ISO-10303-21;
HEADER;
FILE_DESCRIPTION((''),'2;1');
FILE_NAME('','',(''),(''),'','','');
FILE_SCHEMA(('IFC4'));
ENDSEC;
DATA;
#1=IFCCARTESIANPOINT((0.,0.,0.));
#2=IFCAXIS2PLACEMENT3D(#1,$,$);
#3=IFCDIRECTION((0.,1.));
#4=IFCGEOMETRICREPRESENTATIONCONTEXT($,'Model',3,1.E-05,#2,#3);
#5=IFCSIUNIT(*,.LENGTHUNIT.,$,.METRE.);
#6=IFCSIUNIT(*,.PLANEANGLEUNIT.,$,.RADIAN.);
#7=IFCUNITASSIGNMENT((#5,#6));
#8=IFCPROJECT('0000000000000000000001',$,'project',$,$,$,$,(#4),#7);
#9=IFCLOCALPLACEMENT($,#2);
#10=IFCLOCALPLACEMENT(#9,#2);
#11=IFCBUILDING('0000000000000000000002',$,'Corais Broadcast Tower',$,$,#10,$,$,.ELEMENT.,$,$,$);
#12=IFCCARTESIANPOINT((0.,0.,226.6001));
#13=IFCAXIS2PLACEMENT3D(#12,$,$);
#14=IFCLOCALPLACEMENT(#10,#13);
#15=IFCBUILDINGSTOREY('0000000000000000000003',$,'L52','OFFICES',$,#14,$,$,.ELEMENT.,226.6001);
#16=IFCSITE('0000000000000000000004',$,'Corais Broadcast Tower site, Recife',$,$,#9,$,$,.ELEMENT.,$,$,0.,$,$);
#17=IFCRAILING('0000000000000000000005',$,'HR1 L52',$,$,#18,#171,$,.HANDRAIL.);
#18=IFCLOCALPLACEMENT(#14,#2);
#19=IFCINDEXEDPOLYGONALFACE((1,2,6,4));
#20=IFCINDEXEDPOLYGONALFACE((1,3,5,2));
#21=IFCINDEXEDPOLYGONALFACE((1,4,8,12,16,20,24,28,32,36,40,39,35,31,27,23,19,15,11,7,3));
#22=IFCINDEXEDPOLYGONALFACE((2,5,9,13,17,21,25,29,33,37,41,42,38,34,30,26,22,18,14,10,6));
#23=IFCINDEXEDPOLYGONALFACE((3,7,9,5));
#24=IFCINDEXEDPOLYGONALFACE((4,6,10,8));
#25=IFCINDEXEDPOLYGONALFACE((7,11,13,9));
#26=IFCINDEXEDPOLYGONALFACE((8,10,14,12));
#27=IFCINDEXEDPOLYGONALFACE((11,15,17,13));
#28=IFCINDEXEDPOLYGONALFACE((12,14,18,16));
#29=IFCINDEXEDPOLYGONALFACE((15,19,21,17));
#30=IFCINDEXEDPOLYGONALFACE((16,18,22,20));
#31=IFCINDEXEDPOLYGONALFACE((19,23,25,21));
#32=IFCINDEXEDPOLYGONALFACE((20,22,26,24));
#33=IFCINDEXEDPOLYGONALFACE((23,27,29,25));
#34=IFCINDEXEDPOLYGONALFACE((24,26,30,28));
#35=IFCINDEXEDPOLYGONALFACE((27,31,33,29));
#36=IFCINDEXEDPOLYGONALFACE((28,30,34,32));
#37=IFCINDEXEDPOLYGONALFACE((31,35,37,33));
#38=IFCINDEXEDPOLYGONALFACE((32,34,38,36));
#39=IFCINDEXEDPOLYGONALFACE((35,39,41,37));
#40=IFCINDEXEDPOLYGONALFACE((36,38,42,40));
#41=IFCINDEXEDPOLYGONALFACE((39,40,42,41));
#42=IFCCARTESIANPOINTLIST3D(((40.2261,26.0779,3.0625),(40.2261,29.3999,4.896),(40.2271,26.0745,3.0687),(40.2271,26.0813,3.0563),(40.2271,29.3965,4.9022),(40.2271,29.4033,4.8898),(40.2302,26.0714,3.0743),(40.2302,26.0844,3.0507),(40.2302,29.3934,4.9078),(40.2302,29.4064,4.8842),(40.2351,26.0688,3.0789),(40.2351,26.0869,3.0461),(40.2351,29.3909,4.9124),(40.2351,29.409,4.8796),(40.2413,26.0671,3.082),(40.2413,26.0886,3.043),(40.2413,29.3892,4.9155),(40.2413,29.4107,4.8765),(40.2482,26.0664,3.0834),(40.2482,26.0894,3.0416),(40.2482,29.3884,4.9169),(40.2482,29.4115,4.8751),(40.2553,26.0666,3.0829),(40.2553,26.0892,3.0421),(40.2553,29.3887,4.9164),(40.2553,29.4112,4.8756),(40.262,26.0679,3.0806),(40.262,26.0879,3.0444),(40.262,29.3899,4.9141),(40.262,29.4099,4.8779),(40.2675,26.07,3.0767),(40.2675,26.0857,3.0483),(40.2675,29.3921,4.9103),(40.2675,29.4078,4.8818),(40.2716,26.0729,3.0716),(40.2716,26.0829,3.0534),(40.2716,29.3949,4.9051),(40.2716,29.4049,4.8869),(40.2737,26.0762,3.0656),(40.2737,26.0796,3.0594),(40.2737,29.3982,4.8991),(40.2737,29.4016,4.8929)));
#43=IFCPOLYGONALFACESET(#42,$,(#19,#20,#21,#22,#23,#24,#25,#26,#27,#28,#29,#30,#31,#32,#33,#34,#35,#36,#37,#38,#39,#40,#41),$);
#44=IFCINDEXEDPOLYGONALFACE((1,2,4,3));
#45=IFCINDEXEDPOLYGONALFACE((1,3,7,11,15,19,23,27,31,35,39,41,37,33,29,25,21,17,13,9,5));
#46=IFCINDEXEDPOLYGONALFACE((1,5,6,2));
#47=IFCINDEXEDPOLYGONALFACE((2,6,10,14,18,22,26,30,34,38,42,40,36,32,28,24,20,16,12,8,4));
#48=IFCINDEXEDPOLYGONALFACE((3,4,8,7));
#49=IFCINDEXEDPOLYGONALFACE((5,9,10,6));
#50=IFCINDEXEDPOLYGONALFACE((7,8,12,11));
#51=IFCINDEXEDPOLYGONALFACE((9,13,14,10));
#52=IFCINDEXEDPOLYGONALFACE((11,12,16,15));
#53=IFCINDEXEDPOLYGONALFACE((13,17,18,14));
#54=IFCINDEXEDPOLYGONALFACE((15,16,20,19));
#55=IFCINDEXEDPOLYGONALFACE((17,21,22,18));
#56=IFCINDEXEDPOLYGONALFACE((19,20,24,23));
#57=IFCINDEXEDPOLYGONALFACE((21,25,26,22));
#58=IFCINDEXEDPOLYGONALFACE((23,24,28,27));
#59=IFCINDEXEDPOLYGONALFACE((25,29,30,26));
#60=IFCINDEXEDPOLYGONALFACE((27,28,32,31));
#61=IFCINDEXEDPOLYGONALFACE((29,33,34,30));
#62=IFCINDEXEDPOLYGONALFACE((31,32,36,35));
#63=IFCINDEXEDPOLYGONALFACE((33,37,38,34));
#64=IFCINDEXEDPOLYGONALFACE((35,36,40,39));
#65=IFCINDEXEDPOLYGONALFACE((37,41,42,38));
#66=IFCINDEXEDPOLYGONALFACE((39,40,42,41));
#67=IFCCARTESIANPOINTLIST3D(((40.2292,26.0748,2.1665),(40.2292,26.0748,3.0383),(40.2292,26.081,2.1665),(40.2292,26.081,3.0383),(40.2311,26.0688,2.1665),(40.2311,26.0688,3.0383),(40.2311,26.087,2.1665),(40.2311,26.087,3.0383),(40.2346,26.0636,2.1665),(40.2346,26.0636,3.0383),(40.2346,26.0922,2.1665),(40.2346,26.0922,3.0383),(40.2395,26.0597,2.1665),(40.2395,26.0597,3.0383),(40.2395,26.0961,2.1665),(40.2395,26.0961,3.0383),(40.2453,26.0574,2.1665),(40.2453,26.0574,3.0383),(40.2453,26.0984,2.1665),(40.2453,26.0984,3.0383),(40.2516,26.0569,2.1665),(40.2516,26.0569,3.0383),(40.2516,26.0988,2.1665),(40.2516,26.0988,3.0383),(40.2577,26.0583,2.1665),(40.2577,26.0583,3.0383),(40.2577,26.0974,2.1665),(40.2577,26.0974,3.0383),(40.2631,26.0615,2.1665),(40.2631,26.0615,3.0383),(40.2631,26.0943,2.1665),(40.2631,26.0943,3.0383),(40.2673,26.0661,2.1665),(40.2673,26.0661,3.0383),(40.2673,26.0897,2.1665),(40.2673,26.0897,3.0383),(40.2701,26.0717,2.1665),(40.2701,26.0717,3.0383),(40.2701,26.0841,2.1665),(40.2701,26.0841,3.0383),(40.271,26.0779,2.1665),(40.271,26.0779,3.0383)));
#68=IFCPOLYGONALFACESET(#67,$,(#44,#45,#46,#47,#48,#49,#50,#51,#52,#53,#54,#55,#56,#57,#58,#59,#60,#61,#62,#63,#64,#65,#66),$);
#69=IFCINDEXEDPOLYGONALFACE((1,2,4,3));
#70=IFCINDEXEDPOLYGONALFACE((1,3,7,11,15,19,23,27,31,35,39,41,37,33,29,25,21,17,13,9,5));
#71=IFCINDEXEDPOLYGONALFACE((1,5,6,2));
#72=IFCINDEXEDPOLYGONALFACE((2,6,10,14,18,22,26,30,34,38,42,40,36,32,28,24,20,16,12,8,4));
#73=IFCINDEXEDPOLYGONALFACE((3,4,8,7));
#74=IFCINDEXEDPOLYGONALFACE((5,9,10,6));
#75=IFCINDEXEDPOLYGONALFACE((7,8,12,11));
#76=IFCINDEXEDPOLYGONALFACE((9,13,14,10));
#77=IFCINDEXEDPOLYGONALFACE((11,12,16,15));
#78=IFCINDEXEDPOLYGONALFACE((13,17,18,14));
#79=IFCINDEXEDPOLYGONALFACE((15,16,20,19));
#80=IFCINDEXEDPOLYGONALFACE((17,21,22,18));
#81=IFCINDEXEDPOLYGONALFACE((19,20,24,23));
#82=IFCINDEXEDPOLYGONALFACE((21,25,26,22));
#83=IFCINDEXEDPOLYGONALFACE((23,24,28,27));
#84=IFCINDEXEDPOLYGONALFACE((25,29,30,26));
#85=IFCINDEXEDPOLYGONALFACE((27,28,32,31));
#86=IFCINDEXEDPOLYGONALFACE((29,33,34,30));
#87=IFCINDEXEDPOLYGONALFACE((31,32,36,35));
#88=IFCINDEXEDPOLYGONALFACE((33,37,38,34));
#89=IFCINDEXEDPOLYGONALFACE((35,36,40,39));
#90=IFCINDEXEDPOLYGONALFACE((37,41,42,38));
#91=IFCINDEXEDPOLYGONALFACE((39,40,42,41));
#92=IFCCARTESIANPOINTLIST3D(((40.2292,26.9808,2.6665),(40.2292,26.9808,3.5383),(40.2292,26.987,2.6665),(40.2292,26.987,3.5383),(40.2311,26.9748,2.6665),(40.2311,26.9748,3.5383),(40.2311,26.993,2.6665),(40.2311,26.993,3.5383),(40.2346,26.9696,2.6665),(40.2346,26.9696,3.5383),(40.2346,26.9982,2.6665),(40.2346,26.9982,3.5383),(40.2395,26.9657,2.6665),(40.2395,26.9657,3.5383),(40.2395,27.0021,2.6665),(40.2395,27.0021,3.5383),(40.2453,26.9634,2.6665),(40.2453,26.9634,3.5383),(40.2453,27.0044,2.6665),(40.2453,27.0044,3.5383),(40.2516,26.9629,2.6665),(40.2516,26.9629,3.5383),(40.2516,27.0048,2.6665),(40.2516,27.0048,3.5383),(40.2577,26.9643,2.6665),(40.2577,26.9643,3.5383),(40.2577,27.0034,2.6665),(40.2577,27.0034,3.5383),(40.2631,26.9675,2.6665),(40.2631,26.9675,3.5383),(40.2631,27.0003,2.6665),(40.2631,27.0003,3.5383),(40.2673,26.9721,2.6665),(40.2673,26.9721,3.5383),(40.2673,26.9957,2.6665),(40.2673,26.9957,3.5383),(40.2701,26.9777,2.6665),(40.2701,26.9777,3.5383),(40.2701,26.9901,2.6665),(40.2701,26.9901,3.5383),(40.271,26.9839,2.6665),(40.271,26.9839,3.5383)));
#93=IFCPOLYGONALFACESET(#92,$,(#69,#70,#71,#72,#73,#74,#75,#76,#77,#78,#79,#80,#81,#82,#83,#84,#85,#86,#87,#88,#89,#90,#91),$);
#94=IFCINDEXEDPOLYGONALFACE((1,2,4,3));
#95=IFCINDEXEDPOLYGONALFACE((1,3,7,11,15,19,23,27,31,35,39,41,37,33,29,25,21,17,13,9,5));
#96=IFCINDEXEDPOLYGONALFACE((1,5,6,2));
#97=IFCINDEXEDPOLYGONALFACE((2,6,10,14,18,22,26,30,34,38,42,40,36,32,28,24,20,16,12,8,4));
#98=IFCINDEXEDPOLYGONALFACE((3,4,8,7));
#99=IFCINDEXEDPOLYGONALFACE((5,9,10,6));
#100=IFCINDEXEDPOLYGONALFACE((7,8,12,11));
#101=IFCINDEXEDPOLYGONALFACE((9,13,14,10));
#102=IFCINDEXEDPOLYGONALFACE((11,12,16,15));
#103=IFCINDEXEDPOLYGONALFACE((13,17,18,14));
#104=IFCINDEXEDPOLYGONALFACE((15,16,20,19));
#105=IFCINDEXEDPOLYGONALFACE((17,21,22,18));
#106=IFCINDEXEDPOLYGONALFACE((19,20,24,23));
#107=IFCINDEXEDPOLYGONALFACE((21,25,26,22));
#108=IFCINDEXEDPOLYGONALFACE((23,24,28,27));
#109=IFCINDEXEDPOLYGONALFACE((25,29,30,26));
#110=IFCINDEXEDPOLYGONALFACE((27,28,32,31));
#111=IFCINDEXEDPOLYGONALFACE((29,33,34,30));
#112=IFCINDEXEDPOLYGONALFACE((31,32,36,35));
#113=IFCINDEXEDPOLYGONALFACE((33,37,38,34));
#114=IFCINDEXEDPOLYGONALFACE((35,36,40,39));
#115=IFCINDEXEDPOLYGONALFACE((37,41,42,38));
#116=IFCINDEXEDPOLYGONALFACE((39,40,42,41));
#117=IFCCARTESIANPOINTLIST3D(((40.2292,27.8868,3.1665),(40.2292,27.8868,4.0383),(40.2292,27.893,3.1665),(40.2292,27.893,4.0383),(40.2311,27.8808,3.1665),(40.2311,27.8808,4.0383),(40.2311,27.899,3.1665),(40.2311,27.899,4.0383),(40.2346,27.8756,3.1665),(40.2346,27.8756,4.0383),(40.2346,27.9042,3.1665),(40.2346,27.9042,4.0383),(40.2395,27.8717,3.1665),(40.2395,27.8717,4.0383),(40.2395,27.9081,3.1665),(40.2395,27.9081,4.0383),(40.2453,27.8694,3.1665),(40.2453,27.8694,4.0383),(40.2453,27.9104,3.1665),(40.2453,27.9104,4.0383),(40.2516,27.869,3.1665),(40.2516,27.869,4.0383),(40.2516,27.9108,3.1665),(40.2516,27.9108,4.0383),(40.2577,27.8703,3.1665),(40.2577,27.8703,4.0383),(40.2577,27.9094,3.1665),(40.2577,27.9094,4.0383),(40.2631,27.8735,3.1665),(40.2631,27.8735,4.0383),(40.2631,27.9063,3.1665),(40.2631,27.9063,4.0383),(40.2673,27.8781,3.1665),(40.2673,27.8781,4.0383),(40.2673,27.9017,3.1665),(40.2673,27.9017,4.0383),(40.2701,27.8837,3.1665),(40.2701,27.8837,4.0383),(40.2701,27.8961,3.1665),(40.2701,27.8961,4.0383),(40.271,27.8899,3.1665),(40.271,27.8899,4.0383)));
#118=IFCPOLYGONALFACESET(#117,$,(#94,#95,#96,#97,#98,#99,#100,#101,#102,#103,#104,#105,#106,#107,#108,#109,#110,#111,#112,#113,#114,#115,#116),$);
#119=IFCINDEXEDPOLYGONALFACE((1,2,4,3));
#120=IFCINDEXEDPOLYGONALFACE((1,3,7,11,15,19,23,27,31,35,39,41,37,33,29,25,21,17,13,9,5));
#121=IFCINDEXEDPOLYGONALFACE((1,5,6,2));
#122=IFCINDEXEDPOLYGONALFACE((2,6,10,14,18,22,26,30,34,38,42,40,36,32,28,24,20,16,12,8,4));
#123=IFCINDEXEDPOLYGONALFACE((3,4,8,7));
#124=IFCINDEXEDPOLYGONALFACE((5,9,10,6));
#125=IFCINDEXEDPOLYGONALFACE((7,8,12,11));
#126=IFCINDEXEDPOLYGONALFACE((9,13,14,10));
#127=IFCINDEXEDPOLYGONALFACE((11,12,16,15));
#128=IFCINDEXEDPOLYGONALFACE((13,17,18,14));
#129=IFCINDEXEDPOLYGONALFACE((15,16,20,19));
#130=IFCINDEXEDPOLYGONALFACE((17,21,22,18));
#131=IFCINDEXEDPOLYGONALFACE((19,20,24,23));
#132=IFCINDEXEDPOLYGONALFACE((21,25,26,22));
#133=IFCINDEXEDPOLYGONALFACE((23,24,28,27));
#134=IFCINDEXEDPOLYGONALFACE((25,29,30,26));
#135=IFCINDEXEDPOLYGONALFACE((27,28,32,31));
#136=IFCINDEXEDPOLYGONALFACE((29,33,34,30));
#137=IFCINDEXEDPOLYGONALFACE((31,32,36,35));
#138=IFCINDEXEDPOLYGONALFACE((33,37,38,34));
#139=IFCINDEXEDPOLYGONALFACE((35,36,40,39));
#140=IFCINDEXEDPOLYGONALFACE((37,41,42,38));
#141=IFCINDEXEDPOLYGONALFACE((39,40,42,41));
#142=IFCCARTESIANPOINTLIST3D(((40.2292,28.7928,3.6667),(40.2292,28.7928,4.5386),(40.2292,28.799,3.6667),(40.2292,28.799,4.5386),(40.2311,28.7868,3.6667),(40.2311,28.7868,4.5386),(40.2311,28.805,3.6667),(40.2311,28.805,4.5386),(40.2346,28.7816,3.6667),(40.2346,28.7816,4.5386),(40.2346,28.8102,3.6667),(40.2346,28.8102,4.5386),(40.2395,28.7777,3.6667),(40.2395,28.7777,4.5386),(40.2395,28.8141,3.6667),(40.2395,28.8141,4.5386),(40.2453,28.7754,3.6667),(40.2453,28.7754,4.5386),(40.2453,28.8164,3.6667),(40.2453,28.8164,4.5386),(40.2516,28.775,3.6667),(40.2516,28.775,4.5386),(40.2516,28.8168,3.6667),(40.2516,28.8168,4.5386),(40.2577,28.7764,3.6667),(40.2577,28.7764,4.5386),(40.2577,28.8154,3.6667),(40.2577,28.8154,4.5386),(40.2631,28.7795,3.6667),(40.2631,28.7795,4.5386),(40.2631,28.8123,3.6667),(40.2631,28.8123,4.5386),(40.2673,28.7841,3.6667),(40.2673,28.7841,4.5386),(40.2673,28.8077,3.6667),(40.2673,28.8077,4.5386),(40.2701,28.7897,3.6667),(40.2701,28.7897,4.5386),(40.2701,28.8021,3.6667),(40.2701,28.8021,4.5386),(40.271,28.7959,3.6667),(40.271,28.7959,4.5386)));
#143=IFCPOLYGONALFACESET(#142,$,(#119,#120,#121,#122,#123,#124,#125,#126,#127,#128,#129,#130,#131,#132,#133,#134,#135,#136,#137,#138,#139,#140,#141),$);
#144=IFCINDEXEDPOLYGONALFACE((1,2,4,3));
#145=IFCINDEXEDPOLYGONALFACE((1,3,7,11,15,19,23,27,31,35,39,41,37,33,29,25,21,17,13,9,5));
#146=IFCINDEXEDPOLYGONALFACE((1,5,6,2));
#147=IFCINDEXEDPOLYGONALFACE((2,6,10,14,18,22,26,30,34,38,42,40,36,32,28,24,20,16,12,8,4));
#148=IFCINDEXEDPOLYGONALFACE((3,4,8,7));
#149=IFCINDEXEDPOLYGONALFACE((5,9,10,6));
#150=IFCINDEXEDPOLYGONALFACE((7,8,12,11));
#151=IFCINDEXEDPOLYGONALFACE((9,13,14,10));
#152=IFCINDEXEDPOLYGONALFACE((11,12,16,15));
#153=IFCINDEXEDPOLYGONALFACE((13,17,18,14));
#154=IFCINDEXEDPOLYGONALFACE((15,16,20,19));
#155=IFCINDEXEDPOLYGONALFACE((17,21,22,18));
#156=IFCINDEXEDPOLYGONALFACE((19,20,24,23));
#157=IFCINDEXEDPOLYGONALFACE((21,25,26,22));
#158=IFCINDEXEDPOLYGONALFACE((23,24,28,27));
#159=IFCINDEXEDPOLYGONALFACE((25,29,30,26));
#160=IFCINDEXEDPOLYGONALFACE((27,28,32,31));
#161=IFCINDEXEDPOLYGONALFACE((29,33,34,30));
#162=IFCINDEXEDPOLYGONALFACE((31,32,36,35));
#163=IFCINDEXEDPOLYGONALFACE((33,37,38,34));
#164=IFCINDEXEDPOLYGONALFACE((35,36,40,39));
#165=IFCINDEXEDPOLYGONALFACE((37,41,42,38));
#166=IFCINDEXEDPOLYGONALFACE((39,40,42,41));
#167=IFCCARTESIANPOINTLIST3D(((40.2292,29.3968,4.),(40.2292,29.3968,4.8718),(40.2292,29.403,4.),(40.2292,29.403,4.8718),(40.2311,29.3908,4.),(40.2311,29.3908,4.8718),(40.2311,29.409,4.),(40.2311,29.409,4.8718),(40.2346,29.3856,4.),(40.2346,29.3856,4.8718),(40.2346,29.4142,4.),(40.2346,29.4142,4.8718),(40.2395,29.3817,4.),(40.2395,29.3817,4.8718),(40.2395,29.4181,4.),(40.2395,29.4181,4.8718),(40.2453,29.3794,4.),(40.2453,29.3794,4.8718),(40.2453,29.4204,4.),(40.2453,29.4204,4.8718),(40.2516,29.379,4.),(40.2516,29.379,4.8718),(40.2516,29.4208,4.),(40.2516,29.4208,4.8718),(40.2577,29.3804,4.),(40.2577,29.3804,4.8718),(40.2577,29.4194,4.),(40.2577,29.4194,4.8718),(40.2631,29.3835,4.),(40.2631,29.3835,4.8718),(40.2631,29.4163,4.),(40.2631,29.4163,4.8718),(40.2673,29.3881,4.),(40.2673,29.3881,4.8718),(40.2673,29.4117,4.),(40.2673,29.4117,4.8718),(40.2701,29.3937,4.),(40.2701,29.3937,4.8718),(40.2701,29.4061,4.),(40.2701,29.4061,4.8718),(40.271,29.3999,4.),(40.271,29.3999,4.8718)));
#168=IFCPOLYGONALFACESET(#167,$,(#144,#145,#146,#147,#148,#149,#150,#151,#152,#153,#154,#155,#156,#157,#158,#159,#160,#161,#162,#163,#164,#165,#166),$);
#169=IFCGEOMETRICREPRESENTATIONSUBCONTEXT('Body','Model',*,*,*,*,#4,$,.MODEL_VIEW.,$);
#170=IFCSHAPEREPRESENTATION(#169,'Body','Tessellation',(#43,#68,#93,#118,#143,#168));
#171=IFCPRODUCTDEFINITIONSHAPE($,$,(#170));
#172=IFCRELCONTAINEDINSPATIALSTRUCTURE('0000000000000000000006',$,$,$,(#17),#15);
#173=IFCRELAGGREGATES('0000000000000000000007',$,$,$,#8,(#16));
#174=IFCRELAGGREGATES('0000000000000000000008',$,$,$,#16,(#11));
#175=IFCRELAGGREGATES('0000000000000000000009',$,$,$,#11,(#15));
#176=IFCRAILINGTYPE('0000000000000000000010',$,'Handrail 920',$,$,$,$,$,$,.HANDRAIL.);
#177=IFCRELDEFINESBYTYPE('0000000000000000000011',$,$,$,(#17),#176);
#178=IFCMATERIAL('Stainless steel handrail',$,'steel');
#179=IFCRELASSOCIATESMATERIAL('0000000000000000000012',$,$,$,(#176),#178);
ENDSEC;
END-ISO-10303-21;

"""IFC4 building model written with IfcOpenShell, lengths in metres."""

from ifc_helpers import new_model, si_unit, direction, frame, origin, origin_2d, place, context, subcontext, project, spatial, circle, extrude, material, type_object, element, save


model = new_model("IFC4")

# Units and contexts
model_context = context("Model", 3, precision=1e-05, world=origin(), true_north=direction((0.0, 1.0)))
body_context = subcontext(model_context, "Body", "Model", "MODEL_VIEW")
ifc_project = project(units=[si_unit("LENGTHUNIT", "METRE"), si_unit("PLANEANGLEUNIT", "RADIAN")], contexts=[model_context])

# Site, building, storey
site_placement = place(None, origin())
site = spatial("IfcSite", under=ifc_project, at=site_placement, Name="Corais Broadcast Tower site, Recife", CompositionType="ELEMENT", RefElevation=0.0)
building_placement = place(site_placement, origin())
building = spatial("IfcBuilding", under=site, at=building_placement, Name="Corais Broadcast Tower", CompositionType="ELEMENT")
storey_placement = place(building_placement, frame((0.0, 0.0, 226.6001)))
storey = spatial("IfcBuildingStorey", under=building, at=storey_placement, Name="L52", Description="OFFICES", CompositionType="ELEMENT", Elevation=226.6001)

# Railing
ifc_material_1 = material(Name="Stainless steel handrail", Category="steel")
railing_type = type_object("IfcRailingType", Name="Handrail 920", PredefinedType="HANDRAIL", material=ifc_material_1)
for number, where, name in (
    (1, (40.25, 26.0779, 2.1665), "HR1 L52"),
):
    element("IfcRailing", number, at=place(storey_placement, frame(where)), inside=storey, type_object=railing_type, Name=name, PredefinedType="HANDRAIL", context=body_context, shape_type="SweptSolid", body=[
        extrude(circle(Radius=0.0239, at=origin_2d()), frame((0.0, 0.0, 0.896), z_axis=(0.0, 0.875504, 0.48321), x_axis=(-1.0, 0.0, 0.0)), (0.0, 0.0, 1.0), 3.7944),
        extrude(circle(Radius=0.021, at=origin_2d()), origin(), (0.0, 0.0, 1.0), 0.8718),
        extrude(circle(Radius=0.021, at=origin_2d()), frame((0.0, 0.906, 0.5)), (0.0, 0.0, 1.0), 0.8718),
        extrude(circle(Radius=0.021, at=origin_2d()), frame((0.0, 1.812, 1.0)), (0.0, 0.0, 1.0), 0.8718),
        extrude(circle(Radius=0.021, at=origin_2d()), frame((0.0, 2.718, 1.5002)), (0.0, 0.0, 1.0), 0.8718),
        extrude(circle(Radius=0.021, at=origin_2d()), frame((0.0, 3.322, 1.8335)), (0.0, 0.0, 1.0), 0.8718),
    ])

save(model, "model.ifc")
